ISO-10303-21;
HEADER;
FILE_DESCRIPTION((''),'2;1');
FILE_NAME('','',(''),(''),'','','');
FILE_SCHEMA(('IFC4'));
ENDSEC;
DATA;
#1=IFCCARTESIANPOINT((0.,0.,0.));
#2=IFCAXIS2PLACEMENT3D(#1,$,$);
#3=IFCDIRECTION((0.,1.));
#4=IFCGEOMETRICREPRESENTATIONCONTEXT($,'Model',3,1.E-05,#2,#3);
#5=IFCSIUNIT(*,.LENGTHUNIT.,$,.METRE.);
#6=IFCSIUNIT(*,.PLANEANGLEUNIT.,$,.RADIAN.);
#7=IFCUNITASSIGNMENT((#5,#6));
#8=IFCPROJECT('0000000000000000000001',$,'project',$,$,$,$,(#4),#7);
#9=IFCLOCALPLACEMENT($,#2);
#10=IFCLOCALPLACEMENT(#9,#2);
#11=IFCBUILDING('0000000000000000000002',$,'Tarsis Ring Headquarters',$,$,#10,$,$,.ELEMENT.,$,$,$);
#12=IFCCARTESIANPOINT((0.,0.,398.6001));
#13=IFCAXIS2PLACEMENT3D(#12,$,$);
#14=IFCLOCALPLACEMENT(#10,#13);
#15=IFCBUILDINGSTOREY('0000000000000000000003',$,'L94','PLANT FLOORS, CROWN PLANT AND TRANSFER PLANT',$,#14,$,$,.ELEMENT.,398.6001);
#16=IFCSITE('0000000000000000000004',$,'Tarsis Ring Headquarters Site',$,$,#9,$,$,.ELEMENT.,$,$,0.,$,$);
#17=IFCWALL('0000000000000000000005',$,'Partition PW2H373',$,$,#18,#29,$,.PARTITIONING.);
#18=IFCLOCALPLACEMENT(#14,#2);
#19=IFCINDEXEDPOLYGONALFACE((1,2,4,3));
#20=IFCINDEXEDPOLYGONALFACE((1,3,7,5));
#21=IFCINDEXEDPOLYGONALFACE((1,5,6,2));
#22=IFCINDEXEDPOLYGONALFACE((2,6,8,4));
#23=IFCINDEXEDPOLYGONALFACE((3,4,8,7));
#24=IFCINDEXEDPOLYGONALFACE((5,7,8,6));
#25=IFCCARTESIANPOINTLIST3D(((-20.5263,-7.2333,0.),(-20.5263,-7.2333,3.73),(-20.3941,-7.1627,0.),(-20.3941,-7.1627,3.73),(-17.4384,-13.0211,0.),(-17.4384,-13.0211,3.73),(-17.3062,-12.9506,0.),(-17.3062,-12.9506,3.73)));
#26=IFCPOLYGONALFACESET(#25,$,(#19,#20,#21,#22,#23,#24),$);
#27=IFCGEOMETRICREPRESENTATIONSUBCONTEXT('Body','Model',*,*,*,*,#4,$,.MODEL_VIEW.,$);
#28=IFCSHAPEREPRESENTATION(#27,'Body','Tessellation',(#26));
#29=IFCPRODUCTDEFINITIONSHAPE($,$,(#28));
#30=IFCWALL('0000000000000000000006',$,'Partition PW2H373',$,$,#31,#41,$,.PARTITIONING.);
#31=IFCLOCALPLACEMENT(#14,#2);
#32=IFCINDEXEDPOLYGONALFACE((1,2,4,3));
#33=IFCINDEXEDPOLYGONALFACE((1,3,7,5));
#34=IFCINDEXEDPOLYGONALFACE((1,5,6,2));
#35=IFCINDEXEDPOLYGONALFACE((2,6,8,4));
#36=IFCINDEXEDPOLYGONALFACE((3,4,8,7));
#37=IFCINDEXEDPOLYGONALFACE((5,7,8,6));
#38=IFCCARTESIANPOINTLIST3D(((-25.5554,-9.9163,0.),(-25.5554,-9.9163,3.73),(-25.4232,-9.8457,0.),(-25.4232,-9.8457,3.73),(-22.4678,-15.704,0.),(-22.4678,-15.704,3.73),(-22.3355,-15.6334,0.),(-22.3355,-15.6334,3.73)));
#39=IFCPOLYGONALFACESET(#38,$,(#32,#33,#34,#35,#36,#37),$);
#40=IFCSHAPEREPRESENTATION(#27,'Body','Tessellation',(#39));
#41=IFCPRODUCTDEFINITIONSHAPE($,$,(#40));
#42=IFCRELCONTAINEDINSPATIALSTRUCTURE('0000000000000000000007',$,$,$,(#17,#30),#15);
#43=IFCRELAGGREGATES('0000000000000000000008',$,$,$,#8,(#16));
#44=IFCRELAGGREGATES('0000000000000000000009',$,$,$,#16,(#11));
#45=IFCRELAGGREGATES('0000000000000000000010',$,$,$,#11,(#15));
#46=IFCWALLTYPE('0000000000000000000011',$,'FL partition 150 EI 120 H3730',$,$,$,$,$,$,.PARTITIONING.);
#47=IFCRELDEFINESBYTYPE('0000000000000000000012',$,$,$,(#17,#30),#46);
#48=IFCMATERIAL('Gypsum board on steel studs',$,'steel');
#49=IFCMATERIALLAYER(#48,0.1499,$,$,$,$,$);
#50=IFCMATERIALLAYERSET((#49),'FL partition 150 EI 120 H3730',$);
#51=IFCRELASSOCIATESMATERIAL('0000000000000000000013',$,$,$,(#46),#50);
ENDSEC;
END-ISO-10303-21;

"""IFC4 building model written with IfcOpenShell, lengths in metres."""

from ifc_helpers import new_model, si_unit, direction, frame, frame_2d, origin, place, context, subcontext, project, spatial, rectangle, extrude, material, layer, layer_set, type_object, element, save


model = new_model("IFC4")

# Units and contexts
model_context = context("Model", 3, precision=1e-05, world=origin(), true_north=direction((0.0, 1.0)))
body_context = subcontext(model_context, "Body", "Model", "MODEL_VIEW")
ifc_project = project(units=[si_unit("LENGTHUNIT", "METRE"), si_unit("PLANEANGLEUNIT", "RADIAN")], contexts=[model_context])

# Site, building, storey
site_placement = place(None, origin())
site = spatial("IfcSite", under=ifc_project, at=site_placement, Name="Tarsis Ring Headquarters Site", CompositionType="ELEMENT", RefElevation=0.0)
building_placement = place(site_placement, origin())
building = spatial("IfcBuilding", under=site, at=building_placement, Name="Tarsis Ring Headquarters", CompositionType="ELEMENT")
storey_placement = place(building_placement, frame((0.0, 0.0, 398.6001)))
storey = spatial("IfcBuildingStorey", under=building, at=storey_placement, Name="L94", Description="PLANT FLOORS, CROWN PLANT AND TRANSFER PLANT", CompositionType="ELEMENT", Elevation=398.6001)

# Shared definitions
ifc_material_1 = material(Name="Gypsum board on steel studs", Category="steel")
ifc_layer_1 = layer(ifc_material_1, 0.1499)
ifc_layer_set_1 = layer_set([ifc_layer_1], Name="FL partition 150 EI 120 H3730")
wall_type_1 = type_object("IfcWallType", Name="FL partition 150 EI 120 H3730", PredefinedType="PARTITIONING", material=ifc_layer_set_1)

# Walls
wall_1_placement = place(storey_placement, frame((-20.4602, -7.198, 0.0), z_axis=(0.0, 0.0, 1.0), x_axis=(0.470712, -0.882287, 0.0)))
element("IfcWall", 1, at=wall_1_placement, inside=storey, type_object=wall_type_1, Name="Partition PW2H373", PredefinedType="PARTITIONING", context=body_context, shape_type="SweptSolid", body=[
    extrude(rectangle(XDim=6.5601, YDim=0.1499, at=frame_2d((3.28, 0.0))), origin(), (0.0, 0.0, 1.0), 3.73),
])
wall_2_placement = place(storey_placement, frame((-25.4893, -9.8811, 0.0), z_axis=(0.0, 0.0, 1.0), x_axis=(0.470698, -0.882294, 0.0)))
element("IfcWall", 2, at=wall_2_placement, inside=storey, type_object=wall_type_1, Name="Partition PW2H373", PredefinedType="PARTITIONING", context=body_context, shape_type="SweptSolid", body=[
    extrude(rectangle(XDim=6.5598, YDim=0.1499, at=frame_2d((3.2798, 0.0))), origin(), (0.0, 0.0, 1.0), 3.73),
])

save(model, "model.ifc")
